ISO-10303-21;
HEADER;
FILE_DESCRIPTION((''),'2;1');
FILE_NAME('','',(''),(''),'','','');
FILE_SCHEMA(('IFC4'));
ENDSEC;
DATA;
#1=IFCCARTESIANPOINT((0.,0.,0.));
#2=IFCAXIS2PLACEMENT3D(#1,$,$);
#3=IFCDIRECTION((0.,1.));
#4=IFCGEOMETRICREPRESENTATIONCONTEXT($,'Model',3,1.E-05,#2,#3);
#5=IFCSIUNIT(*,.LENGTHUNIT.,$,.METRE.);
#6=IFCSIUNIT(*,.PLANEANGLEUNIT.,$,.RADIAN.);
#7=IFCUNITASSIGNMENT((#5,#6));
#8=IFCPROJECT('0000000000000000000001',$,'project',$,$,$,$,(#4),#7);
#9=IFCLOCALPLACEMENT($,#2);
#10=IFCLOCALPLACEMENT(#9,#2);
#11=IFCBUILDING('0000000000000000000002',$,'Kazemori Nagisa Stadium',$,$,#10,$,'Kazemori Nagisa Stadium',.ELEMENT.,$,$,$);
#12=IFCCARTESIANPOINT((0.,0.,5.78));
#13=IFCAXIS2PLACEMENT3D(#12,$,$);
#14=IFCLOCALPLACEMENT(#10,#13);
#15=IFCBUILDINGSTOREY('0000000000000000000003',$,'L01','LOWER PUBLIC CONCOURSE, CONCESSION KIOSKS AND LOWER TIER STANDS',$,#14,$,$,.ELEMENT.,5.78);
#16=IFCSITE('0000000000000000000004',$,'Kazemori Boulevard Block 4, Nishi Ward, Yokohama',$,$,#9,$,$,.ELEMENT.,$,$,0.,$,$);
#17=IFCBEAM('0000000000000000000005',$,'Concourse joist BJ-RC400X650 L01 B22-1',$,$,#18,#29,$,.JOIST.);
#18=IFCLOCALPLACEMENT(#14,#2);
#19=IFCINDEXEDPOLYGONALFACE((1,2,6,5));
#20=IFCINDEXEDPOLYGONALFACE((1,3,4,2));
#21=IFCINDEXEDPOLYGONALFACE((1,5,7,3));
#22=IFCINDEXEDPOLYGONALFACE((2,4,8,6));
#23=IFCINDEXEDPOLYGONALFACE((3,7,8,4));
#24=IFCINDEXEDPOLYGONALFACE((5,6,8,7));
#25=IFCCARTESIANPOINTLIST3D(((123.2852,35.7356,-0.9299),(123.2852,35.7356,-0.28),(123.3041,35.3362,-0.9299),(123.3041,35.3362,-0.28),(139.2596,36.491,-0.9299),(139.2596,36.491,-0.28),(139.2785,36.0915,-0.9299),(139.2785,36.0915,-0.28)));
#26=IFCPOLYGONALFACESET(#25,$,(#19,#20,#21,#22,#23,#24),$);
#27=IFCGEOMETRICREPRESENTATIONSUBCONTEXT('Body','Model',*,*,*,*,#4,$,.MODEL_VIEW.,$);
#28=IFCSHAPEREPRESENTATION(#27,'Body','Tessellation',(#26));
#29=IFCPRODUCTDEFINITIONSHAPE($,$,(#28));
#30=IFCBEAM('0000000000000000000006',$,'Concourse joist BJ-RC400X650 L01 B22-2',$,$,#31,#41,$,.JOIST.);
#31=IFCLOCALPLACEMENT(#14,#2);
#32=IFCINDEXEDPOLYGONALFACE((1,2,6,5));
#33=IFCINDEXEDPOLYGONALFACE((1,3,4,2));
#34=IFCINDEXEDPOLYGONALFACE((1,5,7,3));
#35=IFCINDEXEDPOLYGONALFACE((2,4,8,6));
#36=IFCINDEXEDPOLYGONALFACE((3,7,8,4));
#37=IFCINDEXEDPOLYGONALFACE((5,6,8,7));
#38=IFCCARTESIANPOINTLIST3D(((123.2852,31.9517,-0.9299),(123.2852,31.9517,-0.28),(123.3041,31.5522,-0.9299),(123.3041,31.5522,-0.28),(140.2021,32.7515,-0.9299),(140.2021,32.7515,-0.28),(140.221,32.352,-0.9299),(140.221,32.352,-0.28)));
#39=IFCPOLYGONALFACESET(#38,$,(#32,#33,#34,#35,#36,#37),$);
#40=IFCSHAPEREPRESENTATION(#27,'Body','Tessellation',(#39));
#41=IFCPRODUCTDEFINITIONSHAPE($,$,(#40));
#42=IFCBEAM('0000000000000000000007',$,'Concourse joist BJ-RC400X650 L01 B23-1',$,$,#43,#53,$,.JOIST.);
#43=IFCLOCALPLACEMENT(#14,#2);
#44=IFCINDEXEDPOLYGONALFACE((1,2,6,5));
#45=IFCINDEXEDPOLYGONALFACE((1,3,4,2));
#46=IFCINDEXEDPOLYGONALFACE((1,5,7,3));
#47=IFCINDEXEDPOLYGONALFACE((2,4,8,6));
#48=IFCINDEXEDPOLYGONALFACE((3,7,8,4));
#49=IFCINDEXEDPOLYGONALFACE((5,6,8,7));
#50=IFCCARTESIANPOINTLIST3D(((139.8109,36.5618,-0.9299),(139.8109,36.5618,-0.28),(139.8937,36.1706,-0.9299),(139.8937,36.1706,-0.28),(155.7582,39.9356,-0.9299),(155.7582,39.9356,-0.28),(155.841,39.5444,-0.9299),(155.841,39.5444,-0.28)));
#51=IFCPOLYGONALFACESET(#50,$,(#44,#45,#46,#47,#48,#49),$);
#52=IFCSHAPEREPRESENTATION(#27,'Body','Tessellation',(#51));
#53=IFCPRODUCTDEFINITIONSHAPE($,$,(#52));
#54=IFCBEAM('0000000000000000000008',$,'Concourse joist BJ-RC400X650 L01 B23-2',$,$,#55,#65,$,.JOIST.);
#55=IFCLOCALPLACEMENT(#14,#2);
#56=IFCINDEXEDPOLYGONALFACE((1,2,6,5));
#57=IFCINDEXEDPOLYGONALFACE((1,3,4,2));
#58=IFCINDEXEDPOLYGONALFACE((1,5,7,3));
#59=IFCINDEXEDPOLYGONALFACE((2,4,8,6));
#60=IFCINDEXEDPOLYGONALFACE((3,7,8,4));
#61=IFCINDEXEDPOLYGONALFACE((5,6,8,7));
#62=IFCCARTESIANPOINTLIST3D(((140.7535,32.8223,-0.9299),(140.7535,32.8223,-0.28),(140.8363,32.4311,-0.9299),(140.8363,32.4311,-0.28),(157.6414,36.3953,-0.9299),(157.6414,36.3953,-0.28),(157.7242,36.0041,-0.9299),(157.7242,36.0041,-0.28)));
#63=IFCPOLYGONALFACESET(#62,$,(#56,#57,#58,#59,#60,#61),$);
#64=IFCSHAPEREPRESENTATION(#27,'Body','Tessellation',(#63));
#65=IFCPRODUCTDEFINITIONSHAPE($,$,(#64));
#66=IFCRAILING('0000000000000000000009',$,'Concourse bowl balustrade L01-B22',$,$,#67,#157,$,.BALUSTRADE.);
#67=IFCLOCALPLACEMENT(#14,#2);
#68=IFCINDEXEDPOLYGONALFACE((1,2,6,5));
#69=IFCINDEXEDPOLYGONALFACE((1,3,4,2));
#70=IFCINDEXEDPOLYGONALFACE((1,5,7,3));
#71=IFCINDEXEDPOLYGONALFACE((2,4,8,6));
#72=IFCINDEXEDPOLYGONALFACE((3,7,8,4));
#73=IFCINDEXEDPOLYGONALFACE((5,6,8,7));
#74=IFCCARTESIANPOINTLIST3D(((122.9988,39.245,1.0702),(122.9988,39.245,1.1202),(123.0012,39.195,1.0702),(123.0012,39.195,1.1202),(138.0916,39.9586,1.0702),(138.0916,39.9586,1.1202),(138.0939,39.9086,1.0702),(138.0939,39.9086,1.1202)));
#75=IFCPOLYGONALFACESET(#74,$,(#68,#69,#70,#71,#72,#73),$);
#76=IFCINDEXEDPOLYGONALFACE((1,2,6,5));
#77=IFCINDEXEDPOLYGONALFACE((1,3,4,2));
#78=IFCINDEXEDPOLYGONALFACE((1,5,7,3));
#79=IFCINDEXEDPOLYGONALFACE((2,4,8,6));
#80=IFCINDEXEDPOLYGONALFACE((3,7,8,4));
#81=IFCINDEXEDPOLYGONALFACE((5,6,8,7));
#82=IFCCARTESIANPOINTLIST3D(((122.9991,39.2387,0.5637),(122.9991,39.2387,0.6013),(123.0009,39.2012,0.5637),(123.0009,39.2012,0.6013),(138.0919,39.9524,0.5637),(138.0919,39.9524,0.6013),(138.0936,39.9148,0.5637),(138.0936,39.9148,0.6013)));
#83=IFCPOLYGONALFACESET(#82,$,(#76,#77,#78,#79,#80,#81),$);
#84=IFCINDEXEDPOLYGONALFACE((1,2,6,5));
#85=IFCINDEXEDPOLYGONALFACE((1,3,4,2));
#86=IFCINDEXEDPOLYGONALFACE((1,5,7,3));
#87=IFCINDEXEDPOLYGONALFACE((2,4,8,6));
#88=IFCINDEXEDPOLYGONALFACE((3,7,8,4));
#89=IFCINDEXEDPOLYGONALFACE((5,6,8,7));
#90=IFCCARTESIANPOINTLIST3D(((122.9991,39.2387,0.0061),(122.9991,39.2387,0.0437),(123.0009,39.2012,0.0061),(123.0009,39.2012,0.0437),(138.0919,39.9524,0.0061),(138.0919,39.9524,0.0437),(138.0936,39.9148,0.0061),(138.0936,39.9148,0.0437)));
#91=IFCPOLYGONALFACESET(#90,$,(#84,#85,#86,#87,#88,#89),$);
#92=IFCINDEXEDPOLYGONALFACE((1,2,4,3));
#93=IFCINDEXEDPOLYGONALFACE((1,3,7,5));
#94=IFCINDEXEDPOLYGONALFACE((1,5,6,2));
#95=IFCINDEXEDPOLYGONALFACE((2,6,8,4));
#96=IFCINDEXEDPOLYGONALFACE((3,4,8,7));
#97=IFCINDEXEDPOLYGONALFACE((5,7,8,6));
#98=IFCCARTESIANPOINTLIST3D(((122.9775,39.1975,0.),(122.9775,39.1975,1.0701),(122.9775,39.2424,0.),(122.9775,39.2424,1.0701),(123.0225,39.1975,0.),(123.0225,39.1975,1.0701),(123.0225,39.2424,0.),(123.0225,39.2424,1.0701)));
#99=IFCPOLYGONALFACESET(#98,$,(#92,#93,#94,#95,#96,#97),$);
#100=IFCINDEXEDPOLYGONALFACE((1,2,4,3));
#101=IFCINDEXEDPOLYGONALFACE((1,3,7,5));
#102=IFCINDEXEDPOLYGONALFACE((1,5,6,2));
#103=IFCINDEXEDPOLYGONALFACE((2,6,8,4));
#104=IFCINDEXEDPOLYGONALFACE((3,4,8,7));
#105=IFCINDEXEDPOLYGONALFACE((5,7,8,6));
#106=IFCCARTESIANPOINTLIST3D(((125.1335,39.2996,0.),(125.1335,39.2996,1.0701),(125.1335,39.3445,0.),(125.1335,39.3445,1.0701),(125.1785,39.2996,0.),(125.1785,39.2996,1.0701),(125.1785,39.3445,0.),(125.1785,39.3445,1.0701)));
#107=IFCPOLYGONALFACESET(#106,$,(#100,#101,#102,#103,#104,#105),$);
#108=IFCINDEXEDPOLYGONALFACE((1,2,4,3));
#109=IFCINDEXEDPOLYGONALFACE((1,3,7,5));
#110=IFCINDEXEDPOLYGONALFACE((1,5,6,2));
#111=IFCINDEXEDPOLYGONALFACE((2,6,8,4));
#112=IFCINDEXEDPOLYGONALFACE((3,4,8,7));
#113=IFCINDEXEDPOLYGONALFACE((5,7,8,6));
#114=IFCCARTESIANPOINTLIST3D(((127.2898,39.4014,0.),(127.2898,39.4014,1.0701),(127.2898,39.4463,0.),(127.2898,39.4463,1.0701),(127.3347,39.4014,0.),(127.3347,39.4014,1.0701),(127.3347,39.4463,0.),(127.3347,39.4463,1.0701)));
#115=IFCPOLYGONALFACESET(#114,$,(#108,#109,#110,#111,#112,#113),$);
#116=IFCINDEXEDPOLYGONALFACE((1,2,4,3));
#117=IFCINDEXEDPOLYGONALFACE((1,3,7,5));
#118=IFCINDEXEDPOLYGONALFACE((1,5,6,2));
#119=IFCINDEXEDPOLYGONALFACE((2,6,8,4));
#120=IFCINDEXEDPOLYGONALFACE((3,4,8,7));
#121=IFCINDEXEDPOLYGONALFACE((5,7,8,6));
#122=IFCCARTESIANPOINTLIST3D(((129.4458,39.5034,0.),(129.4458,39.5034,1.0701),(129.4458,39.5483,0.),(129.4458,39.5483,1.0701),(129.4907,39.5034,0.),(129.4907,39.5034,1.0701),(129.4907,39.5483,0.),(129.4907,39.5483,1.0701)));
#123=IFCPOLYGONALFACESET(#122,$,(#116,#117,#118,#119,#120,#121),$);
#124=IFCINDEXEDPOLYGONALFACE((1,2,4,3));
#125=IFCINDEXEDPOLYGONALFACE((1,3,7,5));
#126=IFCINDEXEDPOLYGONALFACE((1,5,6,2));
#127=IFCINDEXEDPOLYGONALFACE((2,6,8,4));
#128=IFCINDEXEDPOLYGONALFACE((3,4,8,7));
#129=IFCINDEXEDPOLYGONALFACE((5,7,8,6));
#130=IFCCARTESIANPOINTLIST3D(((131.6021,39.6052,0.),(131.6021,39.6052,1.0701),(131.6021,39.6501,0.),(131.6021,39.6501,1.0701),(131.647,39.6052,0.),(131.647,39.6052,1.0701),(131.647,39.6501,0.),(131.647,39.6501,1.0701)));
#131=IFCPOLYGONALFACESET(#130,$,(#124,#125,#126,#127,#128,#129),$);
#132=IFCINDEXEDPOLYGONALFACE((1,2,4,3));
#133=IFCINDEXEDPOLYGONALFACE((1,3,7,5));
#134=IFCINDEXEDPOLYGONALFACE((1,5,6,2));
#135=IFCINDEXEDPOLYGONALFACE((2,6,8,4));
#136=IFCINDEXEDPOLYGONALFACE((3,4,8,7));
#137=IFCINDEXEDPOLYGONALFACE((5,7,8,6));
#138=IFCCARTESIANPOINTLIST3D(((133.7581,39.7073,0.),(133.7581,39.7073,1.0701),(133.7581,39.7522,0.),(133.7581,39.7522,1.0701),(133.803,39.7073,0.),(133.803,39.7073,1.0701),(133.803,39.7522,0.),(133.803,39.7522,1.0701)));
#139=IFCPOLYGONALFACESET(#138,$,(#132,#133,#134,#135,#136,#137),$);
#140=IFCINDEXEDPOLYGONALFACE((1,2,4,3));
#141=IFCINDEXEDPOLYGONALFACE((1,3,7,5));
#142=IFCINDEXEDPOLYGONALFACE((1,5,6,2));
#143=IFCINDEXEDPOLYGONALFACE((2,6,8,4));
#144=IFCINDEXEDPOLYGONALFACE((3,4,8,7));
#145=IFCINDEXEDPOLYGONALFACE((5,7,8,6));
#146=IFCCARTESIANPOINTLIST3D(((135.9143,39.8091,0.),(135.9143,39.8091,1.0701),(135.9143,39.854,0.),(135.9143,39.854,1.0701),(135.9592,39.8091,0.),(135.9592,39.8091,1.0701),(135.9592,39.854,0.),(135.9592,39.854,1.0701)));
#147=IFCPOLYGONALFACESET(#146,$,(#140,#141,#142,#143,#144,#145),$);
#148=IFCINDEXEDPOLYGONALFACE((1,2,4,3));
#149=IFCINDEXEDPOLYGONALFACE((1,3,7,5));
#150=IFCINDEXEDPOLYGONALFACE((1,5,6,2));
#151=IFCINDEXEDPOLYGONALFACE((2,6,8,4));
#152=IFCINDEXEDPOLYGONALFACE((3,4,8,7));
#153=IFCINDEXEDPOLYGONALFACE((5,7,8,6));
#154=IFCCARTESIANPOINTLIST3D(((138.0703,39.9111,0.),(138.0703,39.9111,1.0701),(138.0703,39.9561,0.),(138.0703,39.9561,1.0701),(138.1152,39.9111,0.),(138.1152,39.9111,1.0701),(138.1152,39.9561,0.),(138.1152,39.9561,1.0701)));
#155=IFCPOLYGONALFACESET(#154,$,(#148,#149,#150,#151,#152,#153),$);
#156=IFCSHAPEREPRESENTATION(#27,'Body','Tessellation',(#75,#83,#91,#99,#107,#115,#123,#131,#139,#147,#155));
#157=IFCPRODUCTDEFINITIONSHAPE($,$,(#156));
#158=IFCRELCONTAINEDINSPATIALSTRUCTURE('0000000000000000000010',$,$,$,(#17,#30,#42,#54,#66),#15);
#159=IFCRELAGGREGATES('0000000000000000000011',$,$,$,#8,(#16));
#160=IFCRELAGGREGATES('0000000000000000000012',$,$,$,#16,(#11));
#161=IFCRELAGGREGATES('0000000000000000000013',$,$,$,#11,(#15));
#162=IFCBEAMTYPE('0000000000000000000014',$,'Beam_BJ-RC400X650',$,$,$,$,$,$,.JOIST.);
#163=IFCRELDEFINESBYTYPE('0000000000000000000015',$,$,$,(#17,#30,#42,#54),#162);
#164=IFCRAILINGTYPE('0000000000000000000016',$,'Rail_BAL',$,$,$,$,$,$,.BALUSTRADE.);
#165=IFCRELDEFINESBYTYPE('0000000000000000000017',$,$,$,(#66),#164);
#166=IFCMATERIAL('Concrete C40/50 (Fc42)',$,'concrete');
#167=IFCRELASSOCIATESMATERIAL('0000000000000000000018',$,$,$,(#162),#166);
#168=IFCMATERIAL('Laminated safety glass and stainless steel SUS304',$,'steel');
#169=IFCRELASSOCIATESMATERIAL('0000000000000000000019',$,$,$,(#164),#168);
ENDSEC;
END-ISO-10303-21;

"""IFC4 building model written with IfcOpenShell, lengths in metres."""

from ifc_helpers import new_model, si_unit, direction, frame, origin, origin_2d, place, context, subcontext, project, spatial, rectangle, extrude, material, material_profile, profile_set, type_object, element, save


model = new_model("IFC4")

# Units and contexts
model_context = context("Model", 3, precision=1e-05, world=origin(), true_north=direction((0.0, 1.0)))
body_context = subcontext(model_context, "Body", "Model", "MODEL_VIEW")
ifc_project = project(units=[si_unit("LENGTHUNIT", "METRE"), si_unit("PLANEANGLEUNIT", "RADIAN")], contexts=[model_context])

# Site, building, storey
site_placement = place(None, origin())
site = spatial("IfcSite", under=ifc_project, at=site_placement, Name="Kazemori Boulevard Block 4, Nishi Ward, Yokohama", CompositionType="ELEMENT", RefElevation=0.0)
building_placement = place(site_placement, origin())
building = spatial("IfcBuilding", under=site, at=building_placement, Name="Kazemori Nagisa Stadium", LongName="Kazemori Nagisa Stadium", CompositionType="ELEMENT")
storey_placement = place(building_placement, frame((0.0, 0.0, 5.78)))
storey = spatial("IfcBuildingStorey", under=building, at=storey_placement, Name="L01", Description="LOWER PUBLIC CONCOURSE, CONCESSION KIOSKS AND LOWER TIER STANDS", CompositionType="ELEMENT", Elevation=5.78)

# Shared definitions
ifc_material_1 = material(Name="Concrete C40/50 (Fc42)", Category="concrete")

# Beams
ifc_material_profile_1 = material_profile(ifc_material_1, rectangle(XDim=0.3999, YDim=0.6499, at=origin_2d()), Name="RC-BM-400x650")
ifc_profile_set_1 = profile_set([ifc_material_profile_1], Name="Concrete C40/50 (Fc42)")
beam_type_1 = type_object("IfcBeamType", Name="Beam_BJ-RC400X650", PredefinedType="JOIST", material=ifc_profile_set_1)
beam_1_placement = place(storey_placement, frame((123.2947, 35.5359, -0.605), z_axis=(0.998884, 0.047234, 0.0), x_axis=(-0.047234, 0.998884, 0.0)))
element("IfcBeam", 1, at=beam_1_placement, inside=storey, type_object=beam_type_1, Name="Concourse joist BJ-RC400X650 L01 B22-1", PredefinedType="JOIST", context=body_context, shape_type="SweptSolid", body=[
    extrude(rectangle(XDim=0.3999, YDim=0.6499, at=origin_2d()), origin(), (0.0, 0.0, 1.0), 15.9922),
])
beam_2_placement = place(storey_placement, frame((123.2947, 31.752, -0.605), z_axis=(0.998884, 0.047225, 0.0), x_axis=(-0.047225, 0.998884, 0.0)))
element("IfcBeam", 2, at=beam_2_placement, inside=storey, type_object=beam_type_1, Name="Concourse joist BJ-RC400X650 L01 B22-2", PredefinedType="JOIST", context=body_context, shape_type="SweptSolid", body=[
    extrude(rectangle(XDim=0.3999, YDim=0.6499, at=origin_2d()), origin(), (0.0, 0.0, 1.0), 16.9358),
])
beam_3_placement = place(storey_placement, frame((139.8523, 36.3662, -0.605), z_axis=(0.978346, 0.206977, 0.0), x_axis=(-0.206977, 0.978346, 0.0)))
element("IfcBeam", 3, at=beam_3_placement, inside=storey, type_object=beam_type_1, Name="Concourse joist BJ-RC400X650 L01 B23-1", PredefinedType="JOIST", context=body_context, shape_type="SweptSolid", body=[
    extrude(rectangle(XDim=0.3999, YDim=0.6499, at=origin_2d()), origin(), (0.0, 0.0, 1.0), 16.3003),
])
beam_4_placement = place(storey_placement, frame((140.7949, 32.6267, -0.605), z_axis=(0.978343, 0.206989, 0.0), x_axis=(-0.206989, 0.978343, 0.0)))
element("IfcBeam", 4, at=beam_4_placement, inside=storey, type_object=beam_type_1, Name="Concourse joist BJ-RC400X650 L01 B23-2", PredefinedType="JOIST", context=body_context, shape_type="SweptSolid", body=[
    extrude(rectangle(XDim=0.3999, YDim=0.6499, at=origin_2d()), origin(), (0.0, 0.0, 1.0), 17.2617),
])

# Railing
ifc_material_2 = material(Name="Laminated safety glass and stainless steel SUS304", Category="steel")
railing_type_1 = type_object("IfcRailingType", Name="Rail_BAL", PredefinedType="BALUSTRADE", material=ifc_material_2)
railing_1_placement = place(storey_placement, frame((123.0, 39.22, 0.0)))
element("IfcRailing", 5, at=railing_1_placement, inside=storey, type_object=railing_type_1, Name="Concourse bowl balustrade L01-B22", PredefinedType="BALUSTRADE", context=body_context, shape_type="SweptSolid", body=[
    extrude(rectangle(XDim=0.05, YDim=0.05, at=origin_2d()), frame((0.0, 0.0, 1.0952), z_axis=(0.998884, 0.04723, 0.0), x_axis=(-0.04723, 0.998884, 0.0)), (0.0, 0.0, 1.0), 15.1096),
    extrude(rectangle(XDim=0.0376, YDim=0.0376, at=origin_2d()), frame((0.0, 0.0, 0.5825), z_axis=(0.998884, 0.04723, 0.0), x_axis=(-0.04723, 0.998884, 0.0)), (0.0, 0.0, 1.0), 15.1096),
    extrude(rectangle(XDim=0.0376, YDim=0.0376, at=origin_2d()), frame((0.0, 0.0, 0.0249), z_axis=(0.998884, 0.04723, 0.0), x_axis=(-0.04723, 0.998884, 0.0)), (0.0, 0.0, 1.0), 15.1096),
    extrude(rectangle(XDim=0.0449, YDim=0.0449, at=origin_2d()), origin(), (0.0, 0.0, 1.0), 1.0701),
    extrude(rectangle(XDim=0.0449, YDim=0.0449, at=origin_2d()), frame((2.156, 0.1021, 0.0)), (0.0, 0.0, 1.0), 1.0701),
    extrude(rectangle(XDim=0.0449, YDim=0.0449, at=origin_2d()), frame((4.3123, 0.2039, 0.0)), (0.0, 0.0, 1.0), 1.0701),
    extrude(rectangle(XDim=0.0449, YDim=0.0449, at=origin_2d()), frame((6.4683, 0.3059, 0.0)), (0.0, 0.0, 1.0), 1.0701),
    extrude(rectangle(XDim=0.0449, YDim=0.0449, at=origin_2d()), frame((8.6245, 0.4077, 0.0)), (0.0, 0.0, 1.0), 1.0701),
    extrude(rectangle(XDim=0.0449, YDim=0.0449, at=origin_2d()), frame((10.7805, 0.5098, 0.0)), (0.0, 0.0, 1.0), 1.0701),
    extrude(rectangle(XDim=0.0449, YDim=0.0449, at=origin_2d()), frame((12.9368, 0.6116, 0.0)), (0.0, 0.0, 1.0), 1.0701),
    extrude(rectangle(XDim=0.0449, YDim=0.0449, at=origin_2d()), frame((15.0928, 0.7136, 0.0)), (0.0, 0.0, 1.0), 1.0701),
])

save(model, "model.ifc")
